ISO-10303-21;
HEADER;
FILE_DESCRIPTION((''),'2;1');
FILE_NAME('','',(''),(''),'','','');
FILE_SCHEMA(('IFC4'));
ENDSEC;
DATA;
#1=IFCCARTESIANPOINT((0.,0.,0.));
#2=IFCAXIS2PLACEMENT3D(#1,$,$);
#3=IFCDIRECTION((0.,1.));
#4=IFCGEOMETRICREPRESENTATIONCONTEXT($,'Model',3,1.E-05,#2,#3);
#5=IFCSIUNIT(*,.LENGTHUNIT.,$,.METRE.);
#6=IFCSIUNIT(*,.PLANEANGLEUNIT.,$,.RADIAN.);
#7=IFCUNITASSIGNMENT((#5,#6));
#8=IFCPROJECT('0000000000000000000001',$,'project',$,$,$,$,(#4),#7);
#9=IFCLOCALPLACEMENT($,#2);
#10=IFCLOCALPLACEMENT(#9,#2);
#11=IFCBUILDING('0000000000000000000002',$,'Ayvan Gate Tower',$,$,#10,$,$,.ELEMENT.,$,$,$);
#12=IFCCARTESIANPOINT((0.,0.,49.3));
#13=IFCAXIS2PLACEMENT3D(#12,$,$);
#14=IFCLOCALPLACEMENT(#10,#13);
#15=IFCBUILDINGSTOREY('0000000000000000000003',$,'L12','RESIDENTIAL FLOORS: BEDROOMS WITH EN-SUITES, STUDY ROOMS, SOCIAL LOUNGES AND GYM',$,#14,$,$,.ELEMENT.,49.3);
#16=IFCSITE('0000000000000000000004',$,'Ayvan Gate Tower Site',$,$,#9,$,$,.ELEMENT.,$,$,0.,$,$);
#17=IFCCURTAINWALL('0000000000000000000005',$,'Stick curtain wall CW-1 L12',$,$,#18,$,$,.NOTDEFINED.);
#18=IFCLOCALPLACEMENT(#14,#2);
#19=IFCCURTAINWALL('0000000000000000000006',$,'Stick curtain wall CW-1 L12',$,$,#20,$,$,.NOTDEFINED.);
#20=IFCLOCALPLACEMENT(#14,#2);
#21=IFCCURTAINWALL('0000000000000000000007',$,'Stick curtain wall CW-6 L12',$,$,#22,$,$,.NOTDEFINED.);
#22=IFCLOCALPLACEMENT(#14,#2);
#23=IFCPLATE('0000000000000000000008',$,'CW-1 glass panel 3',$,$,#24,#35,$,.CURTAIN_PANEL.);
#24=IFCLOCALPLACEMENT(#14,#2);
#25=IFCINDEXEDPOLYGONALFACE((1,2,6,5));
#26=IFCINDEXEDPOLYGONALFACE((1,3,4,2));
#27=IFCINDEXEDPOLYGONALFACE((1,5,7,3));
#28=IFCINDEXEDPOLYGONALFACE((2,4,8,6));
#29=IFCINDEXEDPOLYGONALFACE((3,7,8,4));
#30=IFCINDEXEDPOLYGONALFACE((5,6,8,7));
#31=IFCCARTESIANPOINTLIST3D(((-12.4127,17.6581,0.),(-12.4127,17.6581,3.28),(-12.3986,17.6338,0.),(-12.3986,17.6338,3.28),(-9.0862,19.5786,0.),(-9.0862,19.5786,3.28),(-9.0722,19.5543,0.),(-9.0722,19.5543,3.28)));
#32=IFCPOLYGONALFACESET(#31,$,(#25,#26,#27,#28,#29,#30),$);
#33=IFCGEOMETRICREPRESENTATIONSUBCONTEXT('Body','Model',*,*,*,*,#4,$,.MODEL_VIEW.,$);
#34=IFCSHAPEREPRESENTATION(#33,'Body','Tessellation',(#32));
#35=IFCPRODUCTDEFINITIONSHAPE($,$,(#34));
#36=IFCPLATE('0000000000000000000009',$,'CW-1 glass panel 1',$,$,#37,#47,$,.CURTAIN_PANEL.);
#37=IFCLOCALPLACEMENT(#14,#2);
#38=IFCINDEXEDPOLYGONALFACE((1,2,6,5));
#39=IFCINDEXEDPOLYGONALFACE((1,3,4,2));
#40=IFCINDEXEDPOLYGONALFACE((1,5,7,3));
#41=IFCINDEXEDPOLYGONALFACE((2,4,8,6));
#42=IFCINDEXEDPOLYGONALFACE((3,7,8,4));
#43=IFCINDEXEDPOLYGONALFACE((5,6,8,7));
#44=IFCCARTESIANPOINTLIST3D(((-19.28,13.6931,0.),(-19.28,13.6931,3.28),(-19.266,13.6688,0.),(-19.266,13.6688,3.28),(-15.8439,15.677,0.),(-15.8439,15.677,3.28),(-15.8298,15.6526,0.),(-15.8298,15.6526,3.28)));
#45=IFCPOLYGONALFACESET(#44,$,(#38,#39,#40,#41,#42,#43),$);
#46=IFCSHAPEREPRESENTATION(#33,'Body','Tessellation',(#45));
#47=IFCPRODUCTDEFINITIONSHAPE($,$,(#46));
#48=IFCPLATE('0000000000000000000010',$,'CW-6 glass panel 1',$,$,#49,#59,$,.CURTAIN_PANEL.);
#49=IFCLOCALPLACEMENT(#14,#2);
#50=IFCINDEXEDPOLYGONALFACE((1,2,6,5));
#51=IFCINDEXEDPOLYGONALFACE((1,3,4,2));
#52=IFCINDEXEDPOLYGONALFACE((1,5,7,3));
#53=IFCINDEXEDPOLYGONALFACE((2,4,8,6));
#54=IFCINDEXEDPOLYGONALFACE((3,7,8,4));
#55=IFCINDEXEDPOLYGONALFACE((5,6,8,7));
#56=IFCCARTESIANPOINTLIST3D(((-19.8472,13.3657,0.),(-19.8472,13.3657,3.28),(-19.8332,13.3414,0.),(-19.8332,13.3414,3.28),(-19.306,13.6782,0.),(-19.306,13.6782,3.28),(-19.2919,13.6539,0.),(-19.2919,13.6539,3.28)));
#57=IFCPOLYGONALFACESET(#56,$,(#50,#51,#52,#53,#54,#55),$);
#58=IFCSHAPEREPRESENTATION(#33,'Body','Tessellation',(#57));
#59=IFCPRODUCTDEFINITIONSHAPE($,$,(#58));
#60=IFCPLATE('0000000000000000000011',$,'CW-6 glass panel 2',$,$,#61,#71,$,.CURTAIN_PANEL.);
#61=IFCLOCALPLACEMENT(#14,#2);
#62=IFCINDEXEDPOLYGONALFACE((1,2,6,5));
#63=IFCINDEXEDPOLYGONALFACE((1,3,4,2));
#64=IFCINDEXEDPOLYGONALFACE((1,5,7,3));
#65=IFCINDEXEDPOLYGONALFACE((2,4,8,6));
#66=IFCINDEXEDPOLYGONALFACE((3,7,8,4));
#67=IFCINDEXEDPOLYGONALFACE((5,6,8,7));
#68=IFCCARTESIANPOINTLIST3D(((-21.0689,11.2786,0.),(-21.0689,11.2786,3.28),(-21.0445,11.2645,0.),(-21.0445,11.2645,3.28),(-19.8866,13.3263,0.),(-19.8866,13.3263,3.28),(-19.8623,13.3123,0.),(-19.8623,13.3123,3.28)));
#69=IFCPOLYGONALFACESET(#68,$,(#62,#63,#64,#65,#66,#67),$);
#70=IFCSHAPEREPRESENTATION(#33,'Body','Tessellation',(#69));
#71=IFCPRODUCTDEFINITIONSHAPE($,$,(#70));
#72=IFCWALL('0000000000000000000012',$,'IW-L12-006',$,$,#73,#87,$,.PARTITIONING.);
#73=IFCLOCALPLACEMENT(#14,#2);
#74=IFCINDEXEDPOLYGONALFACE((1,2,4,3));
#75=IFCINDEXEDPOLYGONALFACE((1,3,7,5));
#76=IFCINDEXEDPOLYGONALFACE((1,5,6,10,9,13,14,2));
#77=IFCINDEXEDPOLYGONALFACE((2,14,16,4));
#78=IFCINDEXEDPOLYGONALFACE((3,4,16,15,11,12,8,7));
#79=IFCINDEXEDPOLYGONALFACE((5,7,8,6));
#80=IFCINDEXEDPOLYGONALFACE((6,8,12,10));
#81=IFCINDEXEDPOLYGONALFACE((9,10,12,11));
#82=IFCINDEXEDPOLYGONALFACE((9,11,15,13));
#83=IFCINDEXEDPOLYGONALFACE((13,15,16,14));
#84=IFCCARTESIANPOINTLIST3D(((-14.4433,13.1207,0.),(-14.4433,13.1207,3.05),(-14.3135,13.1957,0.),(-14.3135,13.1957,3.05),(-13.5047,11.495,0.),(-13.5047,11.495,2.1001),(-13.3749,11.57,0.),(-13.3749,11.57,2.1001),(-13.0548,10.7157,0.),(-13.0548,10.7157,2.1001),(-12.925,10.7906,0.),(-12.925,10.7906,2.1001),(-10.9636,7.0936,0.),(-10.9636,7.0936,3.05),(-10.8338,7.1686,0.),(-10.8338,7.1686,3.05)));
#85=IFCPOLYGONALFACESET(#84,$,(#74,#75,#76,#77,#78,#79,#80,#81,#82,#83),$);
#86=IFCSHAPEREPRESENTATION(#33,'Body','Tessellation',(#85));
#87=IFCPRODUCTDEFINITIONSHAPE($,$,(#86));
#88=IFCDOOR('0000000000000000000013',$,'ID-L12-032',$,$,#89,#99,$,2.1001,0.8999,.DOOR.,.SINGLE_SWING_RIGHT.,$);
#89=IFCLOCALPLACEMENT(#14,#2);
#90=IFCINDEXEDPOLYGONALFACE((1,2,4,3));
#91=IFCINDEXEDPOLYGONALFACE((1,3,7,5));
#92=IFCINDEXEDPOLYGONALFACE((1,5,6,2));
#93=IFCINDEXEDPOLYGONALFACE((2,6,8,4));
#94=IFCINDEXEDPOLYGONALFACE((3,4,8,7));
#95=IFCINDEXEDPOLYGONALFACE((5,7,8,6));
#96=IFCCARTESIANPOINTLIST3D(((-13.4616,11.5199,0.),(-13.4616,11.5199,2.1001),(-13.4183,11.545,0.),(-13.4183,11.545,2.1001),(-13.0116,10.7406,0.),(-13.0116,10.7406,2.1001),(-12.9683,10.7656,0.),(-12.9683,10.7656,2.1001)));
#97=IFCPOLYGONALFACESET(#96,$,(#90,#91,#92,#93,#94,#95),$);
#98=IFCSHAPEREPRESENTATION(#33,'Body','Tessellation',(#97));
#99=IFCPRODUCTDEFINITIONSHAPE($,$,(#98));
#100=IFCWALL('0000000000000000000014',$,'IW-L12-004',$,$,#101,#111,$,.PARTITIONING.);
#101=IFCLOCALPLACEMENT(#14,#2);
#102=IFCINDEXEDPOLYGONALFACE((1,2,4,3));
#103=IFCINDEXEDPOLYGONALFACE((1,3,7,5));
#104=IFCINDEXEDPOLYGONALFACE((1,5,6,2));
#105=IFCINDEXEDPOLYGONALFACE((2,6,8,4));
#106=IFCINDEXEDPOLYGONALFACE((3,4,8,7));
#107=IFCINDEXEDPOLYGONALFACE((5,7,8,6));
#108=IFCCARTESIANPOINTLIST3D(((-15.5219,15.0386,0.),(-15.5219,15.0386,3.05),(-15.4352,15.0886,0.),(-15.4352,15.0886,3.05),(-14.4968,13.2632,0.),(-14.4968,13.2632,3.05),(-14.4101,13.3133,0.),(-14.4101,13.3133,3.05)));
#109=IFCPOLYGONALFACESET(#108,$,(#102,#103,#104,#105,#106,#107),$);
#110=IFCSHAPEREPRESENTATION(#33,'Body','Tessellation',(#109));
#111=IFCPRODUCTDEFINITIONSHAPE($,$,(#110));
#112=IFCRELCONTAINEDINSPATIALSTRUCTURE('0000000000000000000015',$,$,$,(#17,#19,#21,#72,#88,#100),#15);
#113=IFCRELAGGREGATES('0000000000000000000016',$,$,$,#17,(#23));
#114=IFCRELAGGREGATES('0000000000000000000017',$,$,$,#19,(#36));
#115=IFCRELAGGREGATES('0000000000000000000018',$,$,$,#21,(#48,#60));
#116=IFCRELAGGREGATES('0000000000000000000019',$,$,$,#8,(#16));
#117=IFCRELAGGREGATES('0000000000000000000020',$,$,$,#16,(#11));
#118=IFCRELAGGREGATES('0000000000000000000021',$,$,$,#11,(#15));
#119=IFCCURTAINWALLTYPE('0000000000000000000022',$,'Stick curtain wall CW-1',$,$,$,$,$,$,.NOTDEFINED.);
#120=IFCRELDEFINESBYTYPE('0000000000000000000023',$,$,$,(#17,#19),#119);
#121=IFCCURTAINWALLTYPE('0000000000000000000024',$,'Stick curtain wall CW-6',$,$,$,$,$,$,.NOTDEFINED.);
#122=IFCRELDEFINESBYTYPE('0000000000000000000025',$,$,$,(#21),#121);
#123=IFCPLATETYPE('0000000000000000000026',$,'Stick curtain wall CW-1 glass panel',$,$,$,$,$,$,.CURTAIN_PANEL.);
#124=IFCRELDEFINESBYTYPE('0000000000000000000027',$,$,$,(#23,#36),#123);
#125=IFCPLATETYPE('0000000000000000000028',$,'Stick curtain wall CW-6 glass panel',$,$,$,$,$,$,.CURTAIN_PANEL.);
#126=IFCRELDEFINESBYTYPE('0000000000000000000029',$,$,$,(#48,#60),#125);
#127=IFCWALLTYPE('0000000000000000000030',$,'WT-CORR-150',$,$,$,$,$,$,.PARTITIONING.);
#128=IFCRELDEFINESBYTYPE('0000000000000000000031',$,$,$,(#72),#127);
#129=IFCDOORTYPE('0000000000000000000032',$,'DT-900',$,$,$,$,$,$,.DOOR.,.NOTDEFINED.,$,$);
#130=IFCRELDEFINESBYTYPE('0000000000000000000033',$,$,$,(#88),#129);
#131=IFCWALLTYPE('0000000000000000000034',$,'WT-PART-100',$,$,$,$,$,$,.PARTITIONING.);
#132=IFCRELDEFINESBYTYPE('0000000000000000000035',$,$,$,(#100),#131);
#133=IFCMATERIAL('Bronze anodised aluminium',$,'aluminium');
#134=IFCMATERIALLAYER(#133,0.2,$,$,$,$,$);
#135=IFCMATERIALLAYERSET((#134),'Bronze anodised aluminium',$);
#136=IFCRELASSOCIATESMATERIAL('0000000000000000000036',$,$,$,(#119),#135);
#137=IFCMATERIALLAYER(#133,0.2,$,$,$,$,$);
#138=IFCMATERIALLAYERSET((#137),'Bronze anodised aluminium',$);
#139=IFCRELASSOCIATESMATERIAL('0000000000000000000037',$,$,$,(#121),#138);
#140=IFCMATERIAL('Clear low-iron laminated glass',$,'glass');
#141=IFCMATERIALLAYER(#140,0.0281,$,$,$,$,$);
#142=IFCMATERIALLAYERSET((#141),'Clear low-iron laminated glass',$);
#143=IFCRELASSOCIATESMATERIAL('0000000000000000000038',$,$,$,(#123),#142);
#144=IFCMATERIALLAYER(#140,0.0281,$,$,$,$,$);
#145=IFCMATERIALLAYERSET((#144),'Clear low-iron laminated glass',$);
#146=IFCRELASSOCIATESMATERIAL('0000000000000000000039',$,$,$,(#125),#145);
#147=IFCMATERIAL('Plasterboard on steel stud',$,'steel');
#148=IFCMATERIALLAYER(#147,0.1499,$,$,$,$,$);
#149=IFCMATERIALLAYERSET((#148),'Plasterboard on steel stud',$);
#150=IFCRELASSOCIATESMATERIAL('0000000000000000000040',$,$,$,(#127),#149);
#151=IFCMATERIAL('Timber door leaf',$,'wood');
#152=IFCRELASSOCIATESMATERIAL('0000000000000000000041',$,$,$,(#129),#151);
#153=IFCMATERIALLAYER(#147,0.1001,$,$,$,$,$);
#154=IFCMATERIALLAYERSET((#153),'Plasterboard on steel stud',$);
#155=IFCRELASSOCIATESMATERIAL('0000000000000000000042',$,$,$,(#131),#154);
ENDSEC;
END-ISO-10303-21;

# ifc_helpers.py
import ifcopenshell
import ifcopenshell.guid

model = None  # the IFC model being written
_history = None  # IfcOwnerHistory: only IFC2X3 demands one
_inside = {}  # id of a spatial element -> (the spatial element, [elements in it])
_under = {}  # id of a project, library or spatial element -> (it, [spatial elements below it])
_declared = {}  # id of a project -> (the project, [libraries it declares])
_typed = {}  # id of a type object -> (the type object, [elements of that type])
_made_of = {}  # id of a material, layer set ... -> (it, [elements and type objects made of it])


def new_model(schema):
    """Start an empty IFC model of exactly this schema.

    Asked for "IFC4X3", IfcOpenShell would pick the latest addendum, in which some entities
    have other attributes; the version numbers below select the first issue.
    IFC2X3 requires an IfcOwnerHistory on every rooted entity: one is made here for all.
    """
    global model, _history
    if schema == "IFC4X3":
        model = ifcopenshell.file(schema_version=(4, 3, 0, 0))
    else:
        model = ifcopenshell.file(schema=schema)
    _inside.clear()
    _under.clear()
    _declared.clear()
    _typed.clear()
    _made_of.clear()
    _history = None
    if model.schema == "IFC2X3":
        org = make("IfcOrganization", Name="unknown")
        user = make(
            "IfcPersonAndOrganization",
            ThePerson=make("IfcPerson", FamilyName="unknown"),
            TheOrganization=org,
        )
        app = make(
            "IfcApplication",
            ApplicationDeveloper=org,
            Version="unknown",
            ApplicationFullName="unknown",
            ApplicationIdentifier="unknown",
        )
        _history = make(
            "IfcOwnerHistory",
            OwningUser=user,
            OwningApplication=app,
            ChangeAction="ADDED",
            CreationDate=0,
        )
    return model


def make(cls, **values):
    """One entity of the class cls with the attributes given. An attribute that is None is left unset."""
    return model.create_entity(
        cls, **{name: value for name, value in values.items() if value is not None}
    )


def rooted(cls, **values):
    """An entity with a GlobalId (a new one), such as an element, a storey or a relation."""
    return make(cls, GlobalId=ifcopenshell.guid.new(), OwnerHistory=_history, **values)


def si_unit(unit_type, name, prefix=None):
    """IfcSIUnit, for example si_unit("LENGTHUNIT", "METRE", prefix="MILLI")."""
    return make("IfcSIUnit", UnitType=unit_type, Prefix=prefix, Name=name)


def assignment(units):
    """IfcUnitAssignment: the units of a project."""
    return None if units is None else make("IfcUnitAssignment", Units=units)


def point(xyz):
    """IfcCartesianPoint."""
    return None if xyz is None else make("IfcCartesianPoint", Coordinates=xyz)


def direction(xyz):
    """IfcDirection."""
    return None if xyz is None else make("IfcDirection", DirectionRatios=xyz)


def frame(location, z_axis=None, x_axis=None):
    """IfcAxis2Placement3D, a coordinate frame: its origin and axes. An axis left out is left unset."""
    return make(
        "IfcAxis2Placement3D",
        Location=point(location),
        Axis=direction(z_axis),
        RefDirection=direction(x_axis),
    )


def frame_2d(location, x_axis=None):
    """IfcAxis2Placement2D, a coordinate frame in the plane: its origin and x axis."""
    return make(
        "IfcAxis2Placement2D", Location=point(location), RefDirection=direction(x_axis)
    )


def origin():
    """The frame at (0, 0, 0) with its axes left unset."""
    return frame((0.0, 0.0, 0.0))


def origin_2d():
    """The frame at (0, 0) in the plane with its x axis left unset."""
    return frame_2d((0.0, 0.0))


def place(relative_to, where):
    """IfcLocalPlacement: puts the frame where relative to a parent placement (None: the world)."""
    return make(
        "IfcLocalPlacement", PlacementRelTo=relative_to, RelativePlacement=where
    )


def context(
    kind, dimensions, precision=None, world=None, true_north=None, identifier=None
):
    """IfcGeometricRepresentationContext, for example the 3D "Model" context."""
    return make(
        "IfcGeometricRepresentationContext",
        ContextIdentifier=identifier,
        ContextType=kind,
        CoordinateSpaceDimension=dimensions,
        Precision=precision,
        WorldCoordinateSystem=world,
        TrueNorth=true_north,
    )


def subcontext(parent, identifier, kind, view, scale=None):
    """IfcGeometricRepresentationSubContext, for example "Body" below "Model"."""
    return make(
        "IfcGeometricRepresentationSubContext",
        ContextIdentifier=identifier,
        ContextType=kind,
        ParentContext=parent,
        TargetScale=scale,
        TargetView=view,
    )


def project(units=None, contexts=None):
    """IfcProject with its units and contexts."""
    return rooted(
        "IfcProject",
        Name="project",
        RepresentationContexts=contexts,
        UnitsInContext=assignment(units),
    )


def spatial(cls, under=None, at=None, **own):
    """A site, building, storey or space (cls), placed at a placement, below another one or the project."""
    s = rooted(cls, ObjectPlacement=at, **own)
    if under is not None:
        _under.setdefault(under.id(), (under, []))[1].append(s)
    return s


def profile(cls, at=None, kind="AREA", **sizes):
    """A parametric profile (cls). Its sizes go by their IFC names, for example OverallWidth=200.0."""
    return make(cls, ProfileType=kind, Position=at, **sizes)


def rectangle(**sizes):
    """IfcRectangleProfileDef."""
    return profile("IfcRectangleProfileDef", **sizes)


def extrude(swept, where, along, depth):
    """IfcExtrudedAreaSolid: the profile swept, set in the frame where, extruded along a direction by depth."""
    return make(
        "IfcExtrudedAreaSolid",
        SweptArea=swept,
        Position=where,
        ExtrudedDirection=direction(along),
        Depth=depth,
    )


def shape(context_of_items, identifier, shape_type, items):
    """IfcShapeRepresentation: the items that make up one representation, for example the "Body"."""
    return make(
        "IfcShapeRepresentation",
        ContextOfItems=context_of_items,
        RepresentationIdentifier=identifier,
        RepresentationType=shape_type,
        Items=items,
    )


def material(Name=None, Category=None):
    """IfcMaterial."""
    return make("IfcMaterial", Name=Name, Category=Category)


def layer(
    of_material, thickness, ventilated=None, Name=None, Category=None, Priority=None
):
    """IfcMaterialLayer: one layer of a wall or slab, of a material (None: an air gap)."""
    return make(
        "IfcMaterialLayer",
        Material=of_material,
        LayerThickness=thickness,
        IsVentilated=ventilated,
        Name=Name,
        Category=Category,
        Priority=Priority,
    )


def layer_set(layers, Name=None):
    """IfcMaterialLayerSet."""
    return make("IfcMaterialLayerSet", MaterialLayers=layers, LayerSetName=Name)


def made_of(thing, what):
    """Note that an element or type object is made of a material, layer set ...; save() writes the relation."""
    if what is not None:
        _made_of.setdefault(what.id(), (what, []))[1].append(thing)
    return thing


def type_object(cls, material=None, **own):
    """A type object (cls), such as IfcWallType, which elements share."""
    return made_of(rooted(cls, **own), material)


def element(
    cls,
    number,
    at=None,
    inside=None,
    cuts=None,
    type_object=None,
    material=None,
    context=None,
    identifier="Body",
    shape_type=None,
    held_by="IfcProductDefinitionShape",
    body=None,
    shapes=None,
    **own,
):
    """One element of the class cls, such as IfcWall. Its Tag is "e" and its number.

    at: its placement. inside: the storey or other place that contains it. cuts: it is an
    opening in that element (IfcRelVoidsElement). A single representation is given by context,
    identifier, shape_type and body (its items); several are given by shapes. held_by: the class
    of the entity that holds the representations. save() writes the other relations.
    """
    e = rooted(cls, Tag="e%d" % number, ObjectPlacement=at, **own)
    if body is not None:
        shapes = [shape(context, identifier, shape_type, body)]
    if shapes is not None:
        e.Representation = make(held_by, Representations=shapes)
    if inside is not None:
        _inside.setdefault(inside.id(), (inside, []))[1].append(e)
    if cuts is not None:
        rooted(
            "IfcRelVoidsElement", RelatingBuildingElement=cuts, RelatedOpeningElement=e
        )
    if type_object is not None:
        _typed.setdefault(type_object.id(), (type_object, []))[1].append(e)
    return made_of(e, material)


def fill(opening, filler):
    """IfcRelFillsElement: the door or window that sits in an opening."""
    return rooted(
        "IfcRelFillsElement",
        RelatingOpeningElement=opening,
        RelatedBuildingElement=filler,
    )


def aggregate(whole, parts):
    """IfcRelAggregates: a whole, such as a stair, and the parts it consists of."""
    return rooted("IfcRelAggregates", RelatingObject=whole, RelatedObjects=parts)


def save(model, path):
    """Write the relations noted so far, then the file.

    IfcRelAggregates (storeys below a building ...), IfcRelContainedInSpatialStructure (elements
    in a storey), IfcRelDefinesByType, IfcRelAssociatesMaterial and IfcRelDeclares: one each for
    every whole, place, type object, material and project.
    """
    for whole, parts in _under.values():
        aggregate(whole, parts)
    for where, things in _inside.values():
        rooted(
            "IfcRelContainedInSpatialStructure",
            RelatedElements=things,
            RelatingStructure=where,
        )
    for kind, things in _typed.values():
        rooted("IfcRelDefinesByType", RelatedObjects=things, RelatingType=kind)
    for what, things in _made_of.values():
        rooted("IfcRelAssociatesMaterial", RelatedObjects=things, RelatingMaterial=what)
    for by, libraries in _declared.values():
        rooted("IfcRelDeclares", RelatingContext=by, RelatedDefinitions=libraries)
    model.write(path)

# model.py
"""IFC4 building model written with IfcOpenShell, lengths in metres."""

from ifc_helpers import new_model, si_unit, direction, frame, frame_2d, origin, origin_2d, place, context, subcontext, project, spatial, rectangle, extrude, material, layer, layer_set, type_object, element, fill, aggregate, save


model = new_model("IFC4")

# Units and contexts
model_context = context("Model", 3, precision=1e-05, world=origin(), true_north=direction((0.0, 1.0)))
body_context = subcontext(model_context, "Body", "Model", "MODEL_VIEW")
ifc_project = project(units=[si_unit("LENGTHUNIT", "METRE"), si_unit("PLANEANGLEUNIT", "RADIAN")], contexts=[model_context])

# Site, building, storey
site_placement = place(None, origin())
site = spatial("IfcSite", under=ifc_project, at=site_placement, Name="Ayvan Gate Tower Site", CompositionType="ELEMENT", RefElevation=0.0)
building_placement = place(site_placement, origin())
building = spatial("IfcBuilding", under=site, at=building_placement, Name="Ayvan Gate Tower", CompositionType="ELEMENT")
storey_placement = place(building_placement, frame((0.0, 0.0, 49.3)))
storey = spatial("IfcBuildingStorey", under=building, at=storey_placement, Name="L12", Description="RESIDENTIAL FLOORS: BEDROOMS WITH EN-SUITES, STUDY ROOMS, SOCIAL LOUNGES AND GYM", CompositionType="ELEMENT", Elevation=49.3)

# Curtain walls
ifc_material_1 = material(Name="Bronze anodised aluminium", Category="aluminium")
ifc_layer_1 = layer(ifc_material_1, 0.2)
ifc_layer_set_1 = layer_set([ifc_layer_1], Name="Bronze anodised aluminium")
curtain_wall_type_1 = type_object("IfcCurtainWallType", Name="Stick curtain wall CW-1", PredefinedType="NOTDEFINED", material=ifc_layer_set_1)
curtain_wall_1_placement = place(storey_placement, origin())
curtain_wall_1 = element("IfcCurtainWall", 1, at=curtain_wall_1_placement, inside=storey, type_object=curtain_wall_type_1, Name="Stick curtain wall CW-1 L12", PredefinedType="NOTDEFINED")
curtain_wall_2_placement = place(storey_placement, origin())
curtain_wall_2 = element("IfcCurtainWall", 2, at=curtain_wall_2_placement, inside=storey, type_object=curtain_wall_type_1, Name="Stick curtain wall CW-1 L12", PredefinedType="NOTDEFINED")
ifc_layer_2 = layer(ifc_material_1, 0.2)
ifc_layer_set_2 = layer_set([ifc_layer_2], Name="Bronze anodised aluminium")
curtain_wall_type_2 = type_object("IfcCurtainWallType", Name="Stick curtain wall CW-6", PredefinedType="NOTDEFINED", material=ifc_layer_set_2)
curtain_wall_3_placement = place(storey_placement, origin())
curtain_wall_3 = element("IfcCurtainWall", 3, at=curtain_wall_3_placement, inside=storey, type_object=curtain_wall_type_2, Name="Stick curtain wall CW-6 L12", PredefinedType="NOTDEFINED")

# Plates
ifc_material_2 = material(Name="Clear low-iron laminated glass", Category="glass")
ifc_layer_3 = layer(ifc_material_2, 0.0281)
ifc_layer_set_3 = layer_set([ifc_layer_3], Name="Clear low-iron laminated glass")
plate_type_1 = type_object("IfcPlateType", Name="Stick curtain wall CW-1 glass panel", PredefinedType="CURTAIN_PANEL", material=ifc_layer_set_3)
plate_1_placement = place(storey_placement, frame((-10.7424, 18.6062, 0.0), z_axis=(0.0, 0.0, 1.0), x_axis=(-0.866025, -0.5, 0.0)))
plate_1 = element("IfcPlate", 4, at=plate_1_placement, type_object=plate_type_1, Name="CW-1 glass panel 3", PredefinedType="CURTAIN_PANEL", context=body_context, shape_type="SweptSolid", body=[
    extrude(rectangle(XDim=3.8411, YDim=0.0281, at=origin_2d()), origin(), (0.0, 0.0, 1.0), 3.28),
])
aggregate(curtain_wall_1, [plate_1])
plate_2_placement = place(storey_placement, frame((-17.5549, 14.6729, 0.0), z_axis=(0.0, 0.0, 1.0), x_axis=(-0.866025, -0.5, 0.0)))
plate_2 = element("IfcPlate", 5, at=plate_2_placement, type_object=plate_type_1, Name="CW-1 glass panel 1", PredefinedType="CURTAIN_PANEL", context=body_context, shape_type="SweptSolid", body=[
    extrude(rectangle(XDim=3.9678, YDim=0.0281, at=origin_2d()), origin(), (0.0, 0.0, 1.0), 3.28),
])
aggregate(curtain_wall_2, [plate_2])
ifc_layer_4 = layer(ifc_material_2, 0.0281)
ifc_layer_set_4 = layer_set([ifc_layer_4], Name="Clear low-iron laminated glass")
plate_type_2 = type_object("IfcPlateType", Name="Stick curtain wall CW-6 glass panel", PredefinedType="CURTAIN_PANEL", material=ifc_layer_set_4)
plate_3_placement = place(storey_placement, frame((-19.5696, 13.5098, 0.0), z_axis=(0.0, 0.0, 1.0), x_axis=(-0.866025, -0.5, 0.0)))
plate_3 = element("IfcPlate", 6, at=plate_3_placement, type_object=plate_type_2, Name="CW-6 glass panel 1", PredefinedType="CURTAIN_PANEL", context=body_context, shape_type="SweptSolid", body=[
    extrude(rectangle(XDim=0.625, YDim=0.0281, at=origin_2d()), origin(), (0.0, 0.0, 1.0), 3.28),
])
plate_4_placement = place(storey_placement, frame((-20.4656, 12.2954, 0.0), z_axis=(0.0, 0.0, 1.0), x_axis=(-0.5, -0.866025, 0.0)))
plate_4 = element("IfcPlate", 7, at=plate_4_placement, type_object=plate_type_2, Name="CW-6 glass panel 2", PredefinedType="CURTAIN_PANEL", context=body_context, shape_type="SweptSolid", body=[
    extrude(rectangle(XDim=2.3645, YDim=0.0281, at=origin_2d()), origin(), (0.0, 0.0, 1.0), 3.28),
])
aggregate(curtain_wall_3, [plate_3, plate_4])

# Wall, opening, door
ifc_material_3 = material(Name="Plasterboard on steel stud", Category="steel")
ifc_layer_5 = layer(ifc_material_3, 0.1499)
ifc_layer_set_5 = layer_set([ifc_layer_5], Name="Plasterboard on steel stud")
wall_type_1 = type_object("IfcWallType", Name="WT-CORR-150", PredefinedType="PARTITIONING", material=ifc_layer_set_5)
wall_1_placement = place(storey_placement, frame((-14.3784, 13.1582, 0.0), z_axis=(0.0, 0.0, 1.0), x_axis=(0.499999, -0.866026, 0.0)))
wall_1 = element("IfcWall", 8, at=wall_1_placement, inside=storey, type_object=wall_type_1, Name="IW-L12-006", PredefinedType="PARTITIONING", context=body_context, shape_type="SweptSolid", body=[
    extrude(rectangle(XDim=6.9595, YDim=0.1499, at=frame_2d((3.4797, 0.0))), origin(), (0.0, 0.0, 1.0), 3.05),
])
opening_1_placement = place(wall_1_placement, frame((1.8772, 0.0, 0.0)))
opening_1 = element("IfcOpeningElement", 9, at=opening_1_placement, cuts=wall_1, PredefinedType="OPENING", context=body_context, shape_type="SweptSolid", body=[
    extrude(rectangle(XDim=0.8999, YDim=2.1001, at=frame_2d((0.45, 1.05))), frame((0.0, 0.085, 0.0), z_axis=(0.0, -1.0, 0.0), x_axis=(1.0, 0.0, 0.0)), (0.0, 0.0, 1.0), 0.1699),
])
ifc_material_4 = material(Name="Timber door leaf", Category="wood")
door_type_1 = type_object("IfcDoorType", Name="DT-900", OperationType="NOTDEFINED", PredefinedType="DOOR", material=ifc_material_4)
door_1_placement = place(opening_1_placement, origin())
door_1 = element("IfcDoor", 10, at=door_1_placement, inside=storey, type_object=door_type_1, Name="ID-L12-032", OperationType="SINGLE_SWING_RIGHT", OverallHeight=2.1001, OverallWidth=0.8999, PredefinedType="DOOR", context=body_context, shape_type="SweptSolid", body=[
    extrude(rectangle(XDim=0.8999, YDim=2.1001, at=frame_2d((0.45, 1.05))), frame((0.0, 0.0249, 0.0), z_axis=(0.0, -1.0, 0.0), x_axis=(1.0, 0.0, 0.0)), (0.0, 0.0, 1.0), 0.05),
])
fill(opening_1, door_1)

# Wall
ifc_layer_6 = layer(ifc_material_3, 0.1001)
ifc_layer_set_6 = layer_set([ifc_layer_6], Name="Plasterboard on steel stud")
wall_type_2 = type_object("IfcWallType", Name="WT-PART-100", PredefinedType="PARTITIONING", material=ifc_layer_set_6)
wall_2_placement = place(storey_placement, frame((-15.4785, 15.0635, 0.0), z_axis=(0.0, 0.0, 1.0), x_axis=(0.500045, -0.865999, 0.0)))
element("IfcWall", 11, at=wall_2_placement, inside=storey, type_object=wall_type_2, Name="IW-L12-004", PredefinedType="PARTITIONING", context=body_context, shape_type="SweptSolid", body=[
    extrude(rectangle(XDim=2.05, YDim=0.1001, at=frame_2d((1.0249, 0.0))), origin(), (0.0, 0.0, 1.0), 3.05),
])

save(model, "model.ifc")
